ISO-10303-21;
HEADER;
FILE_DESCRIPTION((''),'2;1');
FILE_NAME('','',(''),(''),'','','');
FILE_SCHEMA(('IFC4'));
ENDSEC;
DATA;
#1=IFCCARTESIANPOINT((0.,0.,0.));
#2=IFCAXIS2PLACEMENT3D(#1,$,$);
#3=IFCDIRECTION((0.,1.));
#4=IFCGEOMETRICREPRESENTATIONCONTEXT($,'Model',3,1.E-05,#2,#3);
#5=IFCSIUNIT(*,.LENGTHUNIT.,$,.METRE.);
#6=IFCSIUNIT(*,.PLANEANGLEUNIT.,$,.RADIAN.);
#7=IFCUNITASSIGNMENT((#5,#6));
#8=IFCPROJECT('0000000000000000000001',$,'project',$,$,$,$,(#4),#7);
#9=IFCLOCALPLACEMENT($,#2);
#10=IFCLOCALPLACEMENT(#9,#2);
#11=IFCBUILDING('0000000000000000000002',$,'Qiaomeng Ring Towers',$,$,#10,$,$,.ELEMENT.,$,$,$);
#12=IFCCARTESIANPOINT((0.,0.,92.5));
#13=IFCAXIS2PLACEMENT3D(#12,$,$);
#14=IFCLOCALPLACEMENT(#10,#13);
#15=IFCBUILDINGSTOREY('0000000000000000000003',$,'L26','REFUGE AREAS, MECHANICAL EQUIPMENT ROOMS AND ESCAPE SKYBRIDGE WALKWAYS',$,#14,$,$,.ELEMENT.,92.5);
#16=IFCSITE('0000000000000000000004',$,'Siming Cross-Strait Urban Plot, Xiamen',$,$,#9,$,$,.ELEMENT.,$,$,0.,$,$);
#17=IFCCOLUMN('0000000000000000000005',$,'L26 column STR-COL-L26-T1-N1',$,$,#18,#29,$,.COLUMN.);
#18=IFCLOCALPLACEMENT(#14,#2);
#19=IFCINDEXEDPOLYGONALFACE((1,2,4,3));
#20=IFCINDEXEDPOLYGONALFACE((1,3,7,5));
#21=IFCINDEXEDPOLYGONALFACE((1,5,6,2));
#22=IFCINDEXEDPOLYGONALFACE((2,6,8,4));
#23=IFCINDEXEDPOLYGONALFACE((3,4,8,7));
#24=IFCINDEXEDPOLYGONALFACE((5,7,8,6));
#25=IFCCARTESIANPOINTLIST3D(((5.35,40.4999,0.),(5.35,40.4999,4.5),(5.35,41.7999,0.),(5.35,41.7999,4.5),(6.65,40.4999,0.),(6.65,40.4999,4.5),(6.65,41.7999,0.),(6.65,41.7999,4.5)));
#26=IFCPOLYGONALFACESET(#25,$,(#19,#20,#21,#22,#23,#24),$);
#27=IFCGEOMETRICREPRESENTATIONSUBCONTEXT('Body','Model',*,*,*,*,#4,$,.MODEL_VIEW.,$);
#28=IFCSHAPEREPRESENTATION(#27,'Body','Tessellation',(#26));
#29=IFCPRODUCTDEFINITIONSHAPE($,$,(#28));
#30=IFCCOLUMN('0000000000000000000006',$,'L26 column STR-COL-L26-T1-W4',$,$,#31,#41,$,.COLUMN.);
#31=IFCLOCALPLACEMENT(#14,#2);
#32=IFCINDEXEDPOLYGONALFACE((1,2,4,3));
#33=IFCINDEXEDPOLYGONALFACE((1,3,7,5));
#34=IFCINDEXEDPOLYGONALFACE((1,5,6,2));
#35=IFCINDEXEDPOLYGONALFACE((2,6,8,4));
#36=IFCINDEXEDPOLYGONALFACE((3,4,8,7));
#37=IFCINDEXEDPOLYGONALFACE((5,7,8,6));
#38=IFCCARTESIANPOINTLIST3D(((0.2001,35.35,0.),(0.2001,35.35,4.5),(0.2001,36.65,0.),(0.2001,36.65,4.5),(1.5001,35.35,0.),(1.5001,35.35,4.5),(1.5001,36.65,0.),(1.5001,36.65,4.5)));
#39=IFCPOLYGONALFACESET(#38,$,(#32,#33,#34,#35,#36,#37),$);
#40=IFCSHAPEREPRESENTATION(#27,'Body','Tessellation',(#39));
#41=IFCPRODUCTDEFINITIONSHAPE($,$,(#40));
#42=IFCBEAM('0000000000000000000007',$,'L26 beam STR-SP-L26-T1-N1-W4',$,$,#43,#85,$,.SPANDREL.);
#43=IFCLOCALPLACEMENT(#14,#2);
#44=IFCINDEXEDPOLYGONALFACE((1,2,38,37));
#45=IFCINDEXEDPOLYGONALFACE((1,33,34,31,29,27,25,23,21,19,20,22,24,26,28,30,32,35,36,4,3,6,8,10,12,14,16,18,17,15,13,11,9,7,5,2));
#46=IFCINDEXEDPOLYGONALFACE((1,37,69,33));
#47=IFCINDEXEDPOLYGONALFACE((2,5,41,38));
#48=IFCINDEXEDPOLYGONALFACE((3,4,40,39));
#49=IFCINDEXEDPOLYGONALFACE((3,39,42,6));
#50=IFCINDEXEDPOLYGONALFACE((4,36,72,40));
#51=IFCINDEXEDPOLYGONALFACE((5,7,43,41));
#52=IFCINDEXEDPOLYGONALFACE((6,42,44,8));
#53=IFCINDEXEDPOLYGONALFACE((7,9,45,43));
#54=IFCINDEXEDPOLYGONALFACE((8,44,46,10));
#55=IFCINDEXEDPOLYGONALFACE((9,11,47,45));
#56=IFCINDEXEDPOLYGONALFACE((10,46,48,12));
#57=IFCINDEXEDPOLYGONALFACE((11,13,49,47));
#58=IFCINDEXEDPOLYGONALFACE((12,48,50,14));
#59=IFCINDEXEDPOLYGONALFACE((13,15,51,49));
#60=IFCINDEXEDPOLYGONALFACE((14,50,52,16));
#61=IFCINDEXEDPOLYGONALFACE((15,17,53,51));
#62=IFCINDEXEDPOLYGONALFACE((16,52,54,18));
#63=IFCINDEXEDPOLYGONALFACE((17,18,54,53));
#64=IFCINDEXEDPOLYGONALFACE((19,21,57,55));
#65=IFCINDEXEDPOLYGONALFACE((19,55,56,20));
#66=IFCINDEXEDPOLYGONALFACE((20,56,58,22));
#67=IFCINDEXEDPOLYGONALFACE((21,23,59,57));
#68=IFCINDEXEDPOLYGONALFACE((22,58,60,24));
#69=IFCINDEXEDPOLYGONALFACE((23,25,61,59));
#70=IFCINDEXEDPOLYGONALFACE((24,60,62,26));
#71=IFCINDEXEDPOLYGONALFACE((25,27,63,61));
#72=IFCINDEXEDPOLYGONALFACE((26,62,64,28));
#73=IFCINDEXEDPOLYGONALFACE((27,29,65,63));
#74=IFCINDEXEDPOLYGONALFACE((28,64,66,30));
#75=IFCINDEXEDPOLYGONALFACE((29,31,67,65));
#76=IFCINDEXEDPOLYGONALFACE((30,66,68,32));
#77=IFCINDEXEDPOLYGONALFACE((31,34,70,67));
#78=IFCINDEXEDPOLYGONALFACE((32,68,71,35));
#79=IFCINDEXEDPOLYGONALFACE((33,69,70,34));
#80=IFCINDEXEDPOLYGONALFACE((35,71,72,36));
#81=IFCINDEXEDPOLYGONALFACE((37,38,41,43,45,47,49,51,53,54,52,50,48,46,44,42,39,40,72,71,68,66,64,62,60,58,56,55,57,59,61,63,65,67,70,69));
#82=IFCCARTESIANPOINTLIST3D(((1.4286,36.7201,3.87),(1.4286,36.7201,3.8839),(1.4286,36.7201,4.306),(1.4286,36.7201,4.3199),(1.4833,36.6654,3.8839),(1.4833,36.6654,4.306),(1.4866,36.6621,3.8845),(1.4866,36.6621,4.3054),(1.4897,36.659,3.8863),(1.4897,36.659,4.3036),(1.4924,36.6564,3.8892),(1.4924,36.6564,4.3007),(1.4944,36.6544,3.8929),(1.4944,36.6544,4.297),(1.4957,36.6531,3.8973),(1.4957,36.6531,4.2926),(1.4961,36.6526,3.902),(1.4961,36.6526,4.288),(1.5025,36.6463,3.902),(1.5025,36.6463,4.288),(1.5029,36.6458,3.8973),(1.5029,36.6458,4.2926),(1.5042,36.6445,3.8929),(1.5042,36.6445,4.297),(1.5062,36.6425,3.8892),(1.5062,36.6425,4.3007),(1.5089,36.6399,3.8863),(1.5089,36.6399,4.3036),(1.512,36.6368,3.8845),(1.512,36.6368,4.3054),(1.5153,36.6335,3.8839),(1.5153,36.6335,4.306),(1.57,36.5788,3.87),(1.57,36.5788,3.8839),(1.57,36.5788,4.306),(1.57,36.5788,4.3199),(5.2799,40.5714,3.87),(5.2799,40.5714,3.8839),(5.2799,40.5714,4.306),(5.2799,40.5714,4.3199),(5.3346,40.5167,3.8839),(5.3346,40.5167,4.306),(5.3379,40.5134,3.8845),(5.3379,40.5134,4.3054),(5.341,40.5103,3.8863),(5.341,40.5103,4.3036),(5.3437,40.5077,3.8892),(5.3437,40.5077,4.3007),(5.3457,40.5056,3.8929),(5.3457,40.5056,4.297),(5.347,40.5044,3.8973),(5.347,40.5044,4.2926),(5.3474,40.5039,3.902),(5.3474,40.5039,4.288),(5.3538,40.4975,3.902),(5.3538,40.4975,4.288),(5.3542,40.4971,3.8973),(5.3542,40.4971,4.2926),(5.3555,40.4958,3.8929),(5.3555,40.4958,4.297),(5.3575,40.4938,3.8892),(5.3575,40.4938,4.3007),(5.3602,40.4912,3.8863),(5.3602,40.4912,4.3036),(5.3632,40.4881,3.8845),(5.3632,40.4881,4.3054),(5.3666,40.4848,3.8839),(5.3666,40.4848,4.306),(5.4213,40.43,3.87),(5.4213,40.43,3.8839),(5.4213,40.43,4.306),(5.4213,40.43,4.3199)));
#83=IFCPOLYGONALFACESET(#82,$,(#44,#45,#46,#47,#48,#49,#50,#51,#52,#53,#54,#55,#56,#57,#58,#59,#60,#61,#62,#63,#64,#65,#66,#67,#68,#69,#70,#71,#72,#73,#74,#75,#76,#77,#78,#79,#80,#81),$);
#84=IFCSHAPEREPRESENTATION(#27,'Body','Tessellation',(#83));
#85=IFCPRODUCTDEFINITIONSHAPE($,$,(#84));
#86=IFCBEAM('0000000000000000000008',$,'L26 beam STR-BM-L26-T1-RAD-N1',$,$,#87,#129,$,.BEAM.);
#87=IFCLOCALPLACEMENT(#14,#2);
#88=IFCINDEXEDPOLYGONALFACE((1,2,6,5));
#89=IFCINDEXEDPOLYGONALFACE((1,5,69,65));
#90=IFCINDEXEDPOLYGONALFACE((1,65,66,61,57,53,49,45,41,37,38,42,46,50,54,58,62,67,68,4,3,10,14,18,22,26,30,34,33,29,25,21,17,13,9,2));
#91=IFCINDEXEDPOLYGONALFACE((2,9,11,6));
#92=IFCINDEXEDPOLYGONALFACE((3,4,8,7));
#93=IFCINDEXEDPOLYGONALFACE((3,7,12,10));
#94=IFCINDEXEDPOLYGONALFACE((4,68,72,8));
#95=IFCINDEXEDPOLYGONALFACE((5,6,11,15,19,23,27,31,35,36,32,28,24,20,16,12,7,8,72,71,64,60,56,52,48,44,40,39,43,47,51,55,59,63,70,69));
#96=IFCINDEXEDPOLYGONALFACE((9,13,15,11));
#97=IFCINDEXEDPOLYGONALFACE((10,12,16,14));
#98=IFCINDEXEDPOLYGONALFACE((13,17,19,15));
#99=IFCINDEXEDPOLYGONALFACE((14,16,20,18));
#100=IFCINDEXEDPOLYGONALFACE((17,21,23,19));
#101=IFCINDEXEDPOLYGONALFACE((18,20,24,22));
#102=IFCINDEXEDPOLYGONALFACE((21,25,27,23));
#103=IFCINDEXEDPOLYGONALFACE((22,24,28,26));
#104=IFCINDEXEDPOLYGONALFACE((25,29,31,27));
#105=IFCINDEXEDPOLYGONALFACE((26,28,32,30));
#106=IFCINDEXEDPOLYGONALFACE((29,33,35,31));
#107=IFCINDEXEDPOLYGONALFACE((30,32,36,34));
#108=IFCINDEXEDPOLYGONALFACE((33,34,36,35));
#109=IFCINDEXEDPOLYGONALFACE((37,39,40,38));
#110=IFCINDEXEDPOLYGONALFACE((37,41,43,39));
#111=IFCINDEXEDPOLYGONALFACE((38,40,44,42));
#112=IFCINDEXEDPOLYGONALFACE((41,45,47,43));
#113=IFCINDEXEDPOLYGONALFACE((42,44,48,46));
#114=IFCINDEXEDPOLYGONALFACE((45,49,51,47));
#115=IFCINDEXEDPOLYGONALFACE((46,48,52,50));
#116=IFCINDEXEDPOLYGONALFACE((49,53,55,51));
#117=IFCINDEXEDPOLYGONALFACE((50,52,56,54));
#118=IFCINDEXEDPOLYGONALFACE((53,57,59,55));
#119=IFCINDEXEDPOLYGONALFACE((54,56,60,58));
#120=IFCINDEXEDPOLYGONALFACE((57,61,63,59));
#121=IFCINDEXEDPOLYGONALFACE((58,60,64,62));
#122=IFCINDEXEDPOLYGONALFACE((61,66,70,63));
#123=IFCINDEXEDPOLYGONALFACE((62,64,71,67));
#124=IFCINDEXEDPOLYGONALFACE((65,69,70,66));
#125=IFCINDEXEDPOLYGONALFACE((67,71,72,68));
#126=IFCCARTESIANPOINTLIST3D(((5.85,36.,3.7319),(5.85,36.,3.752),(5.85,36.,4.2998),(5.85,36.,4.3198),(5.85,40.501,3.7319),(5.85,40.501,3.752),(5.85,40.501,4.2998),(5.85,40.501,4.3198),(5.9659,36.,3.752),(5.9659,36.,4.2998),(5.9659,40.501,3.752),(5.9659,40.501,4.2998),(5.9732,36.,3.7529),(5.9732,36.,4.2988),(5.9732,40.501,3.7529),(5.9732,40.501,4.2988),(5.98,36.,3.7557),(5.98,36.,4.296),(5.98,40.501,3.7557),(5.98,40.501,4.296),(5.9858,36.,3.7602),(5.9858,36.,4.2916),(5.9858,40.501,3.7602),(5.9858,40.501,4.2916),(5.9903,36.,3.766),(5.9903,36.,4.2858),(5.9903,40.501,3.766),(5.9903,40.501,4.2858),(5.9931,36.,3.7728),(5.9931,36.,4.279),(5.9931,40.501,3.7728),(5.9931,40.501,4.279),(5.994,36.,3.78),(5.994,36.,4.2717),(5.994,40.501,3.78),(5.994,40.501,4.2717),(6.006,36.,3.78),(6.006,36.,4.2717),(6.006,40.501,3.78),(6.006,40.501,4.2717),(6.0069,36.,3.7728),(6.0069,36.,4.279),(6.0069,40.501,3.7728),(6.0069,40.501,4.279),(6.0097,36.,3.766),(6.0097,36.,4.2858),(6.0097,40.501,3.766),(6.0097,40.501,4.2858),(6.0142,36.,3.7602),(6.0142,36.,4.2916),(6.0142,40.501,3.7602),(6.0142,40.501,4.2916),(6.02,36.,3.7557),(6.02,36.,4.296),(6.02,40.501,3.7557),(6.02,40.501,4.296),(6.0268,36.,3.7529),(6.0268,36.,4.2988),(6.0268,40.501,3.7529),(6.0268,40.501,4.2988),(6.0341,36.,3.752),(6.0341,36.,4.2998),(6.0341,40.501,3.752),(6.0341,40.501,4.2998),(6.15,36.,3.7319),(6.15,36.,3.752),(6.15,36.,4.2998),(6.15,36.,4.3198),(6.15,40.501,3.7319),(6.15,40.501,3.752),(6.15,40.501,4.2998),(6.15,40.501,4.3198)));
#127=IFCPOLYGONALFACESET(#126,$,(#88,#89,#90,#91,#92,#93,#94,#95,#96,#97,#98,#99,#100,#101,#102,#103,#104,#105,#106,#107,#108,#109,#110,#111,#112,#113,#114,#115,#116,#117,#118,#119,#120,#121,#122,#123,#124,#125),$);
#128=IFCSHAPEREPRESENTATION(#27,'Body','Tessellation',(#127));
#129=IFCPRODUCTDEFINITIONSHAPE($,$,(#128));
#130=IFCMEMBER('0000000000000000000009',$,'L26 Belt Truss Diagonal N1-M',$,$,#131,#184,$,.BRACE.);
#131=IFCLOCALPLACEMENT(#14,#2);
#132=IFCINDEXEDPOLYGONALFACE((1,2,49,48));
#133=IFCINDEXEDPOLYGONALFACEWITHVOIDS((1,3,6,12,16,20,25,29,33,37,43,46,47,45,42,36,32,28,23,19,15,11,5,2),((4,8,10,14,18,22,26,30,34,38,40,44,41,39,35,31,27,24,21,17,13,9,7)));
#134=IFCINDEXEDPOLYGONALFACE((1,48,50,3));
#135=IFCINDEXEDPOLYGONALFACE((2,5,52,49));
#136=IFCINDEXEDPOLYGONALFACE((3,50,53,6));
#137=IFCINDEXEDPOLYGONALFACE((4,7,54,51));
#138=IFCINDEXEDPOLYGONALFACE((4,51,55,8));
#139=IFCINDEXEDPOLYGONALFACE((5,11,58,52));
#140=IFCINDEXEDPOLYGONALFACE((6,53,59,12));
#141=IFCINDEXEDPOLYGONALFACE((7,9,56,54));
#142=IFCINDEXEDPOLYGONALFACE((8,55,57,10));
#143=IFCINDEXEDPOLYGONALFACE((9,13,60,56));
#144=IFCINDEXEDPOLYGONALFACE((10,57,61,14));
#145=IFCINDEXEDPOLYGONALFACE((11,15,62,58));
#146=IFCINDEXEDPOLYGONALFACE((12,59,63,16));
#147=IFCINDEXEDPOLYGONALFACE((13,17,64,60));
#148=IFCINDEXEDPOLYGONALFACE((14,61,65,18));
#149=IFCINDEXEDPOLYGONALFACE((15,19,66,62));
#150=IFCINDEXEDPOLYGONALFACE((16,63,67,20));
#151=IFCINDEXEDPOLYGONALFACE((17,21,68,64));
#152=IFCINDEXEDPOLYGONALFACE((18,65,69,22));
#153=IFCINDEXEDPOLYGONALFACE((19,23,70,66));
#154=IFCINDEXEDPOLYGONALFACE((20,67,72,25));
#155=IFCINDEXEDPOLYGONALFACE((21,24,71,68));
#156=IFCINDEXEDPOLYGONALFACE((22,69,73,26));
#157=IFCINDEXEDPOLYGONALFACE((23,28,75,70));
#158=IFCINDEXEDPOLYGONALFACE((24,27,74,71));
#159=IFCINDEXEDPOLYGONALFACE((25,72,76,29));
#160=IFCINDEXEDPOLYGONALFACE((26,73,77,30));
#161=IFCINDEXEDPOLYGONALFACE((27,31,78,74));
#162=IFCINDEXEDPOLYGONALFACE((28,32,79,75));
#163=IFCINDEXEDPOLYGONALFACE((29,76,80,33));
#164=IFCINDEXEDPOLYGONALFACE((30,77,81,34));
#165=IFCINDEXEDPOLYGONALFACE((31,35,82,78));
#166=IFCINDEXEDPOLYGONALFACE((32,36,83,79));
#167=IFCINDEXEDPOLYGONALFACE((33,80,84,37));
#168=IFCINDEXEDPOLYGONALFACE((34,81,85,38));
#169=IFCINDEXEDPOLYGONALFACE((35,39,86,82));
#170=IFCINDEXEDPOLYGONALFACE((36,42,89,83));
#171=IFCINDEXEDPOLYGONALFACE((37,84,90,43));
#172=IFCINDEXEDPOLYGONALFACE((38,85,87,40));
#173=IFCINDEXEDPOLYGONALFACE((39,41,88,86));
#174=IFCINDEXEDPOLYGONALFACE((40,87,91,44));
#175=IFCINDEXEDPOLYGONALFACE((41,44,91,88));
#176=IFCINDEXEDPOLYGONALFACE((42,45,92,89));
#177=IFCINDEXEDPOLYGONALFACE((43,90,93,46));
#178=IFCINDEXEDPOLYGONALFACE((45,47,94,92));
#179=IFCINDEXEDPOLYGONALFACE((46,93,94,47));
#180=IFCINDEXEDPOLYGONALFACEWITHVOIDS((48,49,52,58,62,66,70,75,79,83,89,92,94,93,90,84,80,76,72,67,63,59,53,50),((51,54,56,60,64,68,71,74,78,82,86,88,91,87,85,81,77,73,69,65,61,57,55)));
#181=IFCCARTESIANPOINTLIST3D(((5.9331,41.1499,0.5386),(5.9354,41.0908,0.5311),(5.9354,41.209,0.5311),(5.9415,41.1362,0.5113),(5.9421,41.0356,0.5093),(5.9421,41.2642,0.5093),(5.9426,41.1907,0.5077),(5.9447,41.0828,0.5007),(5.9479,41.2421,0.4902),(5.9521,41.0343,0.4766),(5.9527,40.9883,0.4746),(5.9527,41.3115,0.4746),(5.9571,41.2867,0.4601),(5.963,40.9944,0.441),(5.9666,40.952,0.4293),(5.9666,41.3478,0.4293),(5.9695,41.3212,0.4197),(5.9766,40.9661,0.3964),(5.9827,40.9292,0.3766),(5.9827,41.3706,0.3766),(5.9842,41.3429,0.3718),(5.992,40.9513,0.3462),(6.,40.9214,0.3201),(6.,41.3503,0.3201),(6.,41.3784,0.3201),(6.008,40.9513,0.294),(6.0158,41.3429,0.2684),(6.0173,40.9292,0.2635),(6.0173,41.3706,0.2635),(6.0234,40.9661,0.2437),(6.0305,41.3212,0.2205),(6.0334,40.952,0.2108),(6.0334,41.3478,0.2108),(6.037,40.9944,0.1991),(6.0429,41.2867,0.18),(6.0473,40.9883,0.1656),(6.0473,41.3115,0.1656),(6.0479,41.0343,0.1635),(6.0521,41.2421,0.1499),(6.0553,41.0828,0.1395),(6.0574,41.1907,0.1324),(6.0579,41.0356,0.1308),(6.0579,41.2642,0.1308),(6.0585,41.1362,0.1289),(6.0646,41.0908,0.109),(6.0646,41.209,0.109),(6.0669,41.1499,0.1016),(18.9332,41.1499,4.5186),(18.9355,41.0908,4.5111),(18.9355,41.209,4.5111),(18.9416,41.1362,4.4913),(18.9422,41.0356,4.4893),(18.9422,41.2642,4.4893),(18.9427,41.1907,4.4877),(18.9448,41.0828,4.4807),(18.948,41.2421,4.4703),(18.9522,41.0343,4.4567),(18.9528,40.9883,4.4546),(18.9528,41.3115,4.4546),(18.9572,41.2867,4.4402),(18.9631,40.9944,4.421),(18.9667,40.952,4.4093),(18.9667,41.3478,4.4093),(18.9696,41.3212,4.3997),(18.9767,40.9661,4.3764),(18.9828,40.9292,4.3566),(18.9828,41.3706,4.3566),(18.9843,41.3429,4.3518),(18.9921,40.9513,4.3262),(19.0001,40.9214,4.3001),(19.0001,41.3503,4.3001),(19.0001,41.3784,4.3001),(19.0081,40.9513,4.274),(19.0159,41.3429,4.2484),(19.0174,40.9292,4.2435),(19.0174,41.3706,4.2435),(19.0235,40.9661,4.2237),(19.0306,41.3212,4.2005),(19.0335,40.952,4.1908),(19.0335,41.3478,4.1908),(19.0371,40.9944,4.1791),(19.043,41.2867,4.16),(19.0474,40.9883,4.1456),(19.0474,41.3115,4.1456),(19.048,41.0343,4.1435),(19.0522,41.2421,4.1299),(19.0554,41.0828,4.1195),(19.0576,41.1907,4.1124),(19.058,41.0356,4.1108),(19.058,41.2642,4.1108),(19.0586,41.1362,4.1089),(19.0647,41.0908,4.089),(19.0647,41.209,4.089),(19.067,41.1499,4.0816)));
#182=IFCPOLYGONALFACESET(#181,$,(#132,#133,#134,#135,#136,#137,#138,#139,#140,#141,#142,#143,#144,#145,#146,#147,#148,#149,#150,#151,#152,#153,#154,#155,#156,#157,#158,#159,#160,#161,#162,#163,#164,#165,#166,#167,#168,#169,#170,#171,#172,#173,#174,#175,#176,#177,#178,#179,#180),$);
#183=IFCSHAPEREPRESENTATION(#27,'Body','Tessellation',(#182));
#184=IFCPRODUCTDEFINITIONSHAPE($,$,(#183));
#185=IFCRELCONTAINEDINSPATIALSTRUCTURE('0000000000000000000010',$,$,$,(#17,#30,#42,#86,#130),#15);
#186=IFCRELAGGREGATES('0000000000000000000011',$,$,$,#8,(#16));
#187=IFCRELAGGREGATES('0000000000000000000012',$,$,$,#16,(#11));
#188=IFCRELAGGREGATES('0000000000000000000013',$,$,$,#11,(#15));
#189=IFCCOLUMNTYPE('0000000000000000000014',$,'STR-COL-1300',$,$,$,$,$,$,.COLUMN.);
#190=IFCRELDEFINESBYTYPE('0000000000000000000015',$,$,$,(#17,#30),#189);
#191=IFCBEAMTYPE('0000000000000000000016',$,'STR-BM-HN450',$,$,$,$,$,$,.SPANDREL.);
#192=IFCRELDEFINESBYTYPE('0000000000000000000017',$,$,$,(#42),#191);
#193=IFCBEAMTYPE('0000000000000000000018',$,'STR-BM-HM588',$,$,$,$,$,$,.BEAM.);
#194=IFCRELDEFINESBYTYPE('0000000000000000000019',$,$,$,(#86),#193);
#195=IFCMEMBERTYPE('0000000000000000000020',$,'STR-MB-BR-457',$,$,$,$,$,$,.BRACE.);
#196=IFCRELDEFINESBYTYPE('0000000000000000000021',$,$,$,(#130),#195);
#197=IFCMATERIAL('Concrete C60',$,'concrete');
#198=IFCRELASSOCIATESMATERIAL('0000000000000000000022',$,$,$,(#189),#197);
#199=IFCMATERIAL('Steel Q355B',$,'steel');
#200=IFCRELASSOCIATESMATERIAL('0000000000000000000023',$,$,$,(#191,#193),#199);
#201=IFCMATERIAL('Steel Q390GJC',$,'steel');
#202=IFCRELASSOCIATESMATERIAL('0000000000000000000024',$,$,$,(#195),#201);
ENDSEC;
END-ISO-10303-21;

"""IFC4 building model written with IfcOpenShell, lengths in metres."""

from ifc_helpers import new_model, si_unit, direction, frame, origin, origin_2d, place, context, subcontext, project, spatial, rectangle, hollow_circle, i_section, extrude, source, transform, mapped, material, material_profile, profile_set, type_object, element, save


model = new_model("IFC4")

# Units and contexts
model_context = context("Model", 3, precision=1e-05, world=origin(), true_north=direction((0.0, 1.0)))
body_context = subcontext(model_context, "Body", "Model", "MODEL_VIEW")
ifc_project = project(units=[si_unit("LENGTHUNIT", "METRE"), si_unit("PLANEANGLEUNIT", "RADIAN")], contexts=[model_context])

# Site, building, storey
site_placement = place(None, origin())
site = spatial("IfcSite", under=ifc_project, at=site_placement, Name="Siming Cross-Strait Urban Plot, Xiamen", CompositionType="ELEMENT", RefElevation=0.0)
building_placement = place(site_placement, origin())
building = spatial("IfcBuilding", under=site, at=building_placement, Name="Qiaomeng Ring Towers", CompositionType="ELEMENT")
storey_placement = place(building_placement, frame((0.0, 0.0, 92.5)))
storey = spatial("IfcBuildingStorey", under=building, at=storey_placement, Name="L26", Description="REFUGE AREAS, MECHANICAL EQUIPMENT ROOMS AND ESCAPE SKYBRIDGE WALKWAYS", CompositionType="ELEMENT", Elevation=92.5)

# Columns
ifc_material_1 = material(Name="Concrete C60", Category="concrete")
ifc_material_profile_1 = material_profile(ifc_material_1, rectangle(XDim=1.3, YDim=1.3, at=origin_2d()), Name="RC COL 1300x1300")
ifc_profile_set_1 = profile_set([ifc_material_profile_1], Name="Concrete C60")
column_type = type_object("IfcColumnType", Name="STR-COL-1300", PredefinedType="COLUMN", material=ifc_profile_set_1)
shared_shape_1 = source(origin(), body_context, "Body", "SweptSolid", [
    extrude(rectangle(XDim=1.3, YDim=1.3, at=origin_2d()), origin(), (0.0, 0.0, 1.0), 4.5),
])
for number, where, z_axis, x_axis, name in (
    (1, (6.0, 41.1499, 0.0), (0.0, 0.0, 1.0), (1.0, 0.0, 0.0), "L26 column STR-COL-L26-T1-N1"),
    (2, (0.8501, 36.0, 0.0), (0.0, 0.0, 1.0), (1.0, 0.0, 0.0), "L26 column STR-COL-L26-T1-W4"),
):
    element("IfcColumn", number, at=place(storey_placement, frame(where, z_axis=z_axis, x_axis=x_axis)), inside=storey, type_object=column_type, Name=name, PredefinedType="COLUMN", context=body_context, shape_type="MappedRepresentation", body=[
        mapped(shared_shape_1, transform((0.0, 0.0, 0.0), x_axis=(1.0, 0.0, 0.0), y_axis=(0.0, 1.0, 0.0), z_axis=(0.0, 0.0, 1.0), scale=1.0)),
    ])

# Beams
ifc_material_2 = material(Name="Steel Q355B", Category="steel")
ifc_material_profile_2 = material_profile(ifc_material_2, i_section(OverallWidth=0.2, OverallDepth=0.45, WebThickness=0.009, FlangeThickness=0.0139, FilletRadius=0.0181, at=origin_2d()), Name="HN 450x200x9x14")
ifc_profile_set_2 = profile_set([ifc_material_profile_2], Name="Steel Q355B")
beam_type_1 = type_object("IfcBeamType", Name="STR-BM-HN450", PredefinedType="SPANDREL", material=ifc_profile_set_2)
shared_shape_2 = source(origin(), body_context, "Body", "SweptSolid", [
    extrude(i_section(OverallWidth=0.2, OverallDepth=0.45, WebThickness=0.009, FlangeThickness=0.0139, FilletRadius=0.0181, at=origin_2d()), origin(), (0.0, 0.0, 1.0), 5.4465),
])
beam_1_placement = place(storey_placement, frame((5.3506, 40.5007, 4.095), z_axis=(-0.707107, -0.707107, 0.0), x_axis=(0.707107, -0.707107, 0.0)))
element("IfcBeam", 3, at=beam_1_placement, inside=storey, type_object=beam_type_1, Name="L26 beam STR-SP-L26-T1-N1-W4", PredefinedType="SPANDREL", context=body_context, shape_type="MappedRepresentation", body=[
    mapped(shared_shape_2, transform((0.0, 0.0, 0.0), x_axis=(1.0, 0.0, 0.0), y_axis=(0.0, 1.0, 0.0), z_axis=(0.0, 0.0, 1.0), scale=1.0)),
])
ifc_material_profile_3 = material_profile(ifc_material_2, i_section(OverallWidth=0.3, OverallDepth=0.5879, WebThickness=0.012, FlangeThickness=0.02, FilletRadius=0.0281, at=origin_2d()), Name="HM 588x300x12x20")
ifc_profile_set_3 = profile_set([ifc_material_profile_3], Name="Steel Q355B")
beam_type_2 = type_object("IfcBeamType", Name="STR-BM-HM588", PredefinedType="BEAM", material=ifc_profile_set_3)
shared_shape_3 = source(origin(), body_context, "Body", "SweptSolid", [
    extrude(i_section(OverallWidth=0.3, OverallDepth=0.5879, WebThickness=0.012, FlangeThickness=0.02, FilletRadius=0.0281, at=origin_2d()), origin(), (0.0, 0.0, 1.0), 4.501),
])
beam_2_placement = place(storey_placement, frame((6.0, 40.501, 4.0259), z_axis=(0.0, -1.0, 0.0), x_axis=(1.0, 0.0, 0.0)))
element("IfcBeam", 4, at=beam_2_placement, inside=storey, type_object=beam_type_2, Name="L26 beam STR-BM-L26-T1-RAD-N1", PredefinedType="BEAM", context=body_context, shape_type="MappedRepresentation", body=[
    mapped(shared_shape_3, transform((0.0, 0.0, 0.0), x_axis=(1.0, 0.0, 0.0), y_axis=(0.0, 1.0, 0.0), z_axis=(0.0, 0.0, 1.0), scale=1.0)),
])

# Member
ifc_material_3 = material(Name="Steel Q390GJC", Category="steel")
ifc_material_profile_4 = material_profile(ifc_material_3, hollow_circle(Radius=0.2285, WallThickness=0.0281, at=origin_2d()), Name="CHS 457x28")
ifc_profile_set_4 = profile_set([ifc_material_profile_4], Name="Steel Q390GJC")
member_type_1 = type_object("IfcMemberType", Name="STR-MB-BR-457", PredefinedType="BRACE", material=ifc_profile_set_4)
shared_shape_4 = source(origin(), body_context, "Body", "SweptSolid", [
    extrude(hollow_circle(Radius=0.2285, WallThickness=0.0281, at=origin_2d()), origin(), (0.0, 0.0, 1.0), 13.5957),
])
member_1_placement = place(storey_placement, frame((6.0, 41.1499, 0.3201), z_axis=(0.956192, 0.0, 0.29274), x_axis=(0.0, 1.0, 0.0)))
element("IfcMember", 5, at=member_1_placement, inside=storey, type_object=member_type_1, Name="L26 Belt Truss Diagonal N1-M", PredefinedType="BRACE", context=body_context, shape_type="MappedRepresentation", body=[
    mapped(shared_shape_4, transform((0.0, 0.0, 0.0), x_axis=(1.0, 0.0, 0.0), y_axis=(0.0, 1.0, 0.0), z_axis=(0.0, 0.0, 1.0), scale=1.0)),
])

save(model, "model.ifc")
